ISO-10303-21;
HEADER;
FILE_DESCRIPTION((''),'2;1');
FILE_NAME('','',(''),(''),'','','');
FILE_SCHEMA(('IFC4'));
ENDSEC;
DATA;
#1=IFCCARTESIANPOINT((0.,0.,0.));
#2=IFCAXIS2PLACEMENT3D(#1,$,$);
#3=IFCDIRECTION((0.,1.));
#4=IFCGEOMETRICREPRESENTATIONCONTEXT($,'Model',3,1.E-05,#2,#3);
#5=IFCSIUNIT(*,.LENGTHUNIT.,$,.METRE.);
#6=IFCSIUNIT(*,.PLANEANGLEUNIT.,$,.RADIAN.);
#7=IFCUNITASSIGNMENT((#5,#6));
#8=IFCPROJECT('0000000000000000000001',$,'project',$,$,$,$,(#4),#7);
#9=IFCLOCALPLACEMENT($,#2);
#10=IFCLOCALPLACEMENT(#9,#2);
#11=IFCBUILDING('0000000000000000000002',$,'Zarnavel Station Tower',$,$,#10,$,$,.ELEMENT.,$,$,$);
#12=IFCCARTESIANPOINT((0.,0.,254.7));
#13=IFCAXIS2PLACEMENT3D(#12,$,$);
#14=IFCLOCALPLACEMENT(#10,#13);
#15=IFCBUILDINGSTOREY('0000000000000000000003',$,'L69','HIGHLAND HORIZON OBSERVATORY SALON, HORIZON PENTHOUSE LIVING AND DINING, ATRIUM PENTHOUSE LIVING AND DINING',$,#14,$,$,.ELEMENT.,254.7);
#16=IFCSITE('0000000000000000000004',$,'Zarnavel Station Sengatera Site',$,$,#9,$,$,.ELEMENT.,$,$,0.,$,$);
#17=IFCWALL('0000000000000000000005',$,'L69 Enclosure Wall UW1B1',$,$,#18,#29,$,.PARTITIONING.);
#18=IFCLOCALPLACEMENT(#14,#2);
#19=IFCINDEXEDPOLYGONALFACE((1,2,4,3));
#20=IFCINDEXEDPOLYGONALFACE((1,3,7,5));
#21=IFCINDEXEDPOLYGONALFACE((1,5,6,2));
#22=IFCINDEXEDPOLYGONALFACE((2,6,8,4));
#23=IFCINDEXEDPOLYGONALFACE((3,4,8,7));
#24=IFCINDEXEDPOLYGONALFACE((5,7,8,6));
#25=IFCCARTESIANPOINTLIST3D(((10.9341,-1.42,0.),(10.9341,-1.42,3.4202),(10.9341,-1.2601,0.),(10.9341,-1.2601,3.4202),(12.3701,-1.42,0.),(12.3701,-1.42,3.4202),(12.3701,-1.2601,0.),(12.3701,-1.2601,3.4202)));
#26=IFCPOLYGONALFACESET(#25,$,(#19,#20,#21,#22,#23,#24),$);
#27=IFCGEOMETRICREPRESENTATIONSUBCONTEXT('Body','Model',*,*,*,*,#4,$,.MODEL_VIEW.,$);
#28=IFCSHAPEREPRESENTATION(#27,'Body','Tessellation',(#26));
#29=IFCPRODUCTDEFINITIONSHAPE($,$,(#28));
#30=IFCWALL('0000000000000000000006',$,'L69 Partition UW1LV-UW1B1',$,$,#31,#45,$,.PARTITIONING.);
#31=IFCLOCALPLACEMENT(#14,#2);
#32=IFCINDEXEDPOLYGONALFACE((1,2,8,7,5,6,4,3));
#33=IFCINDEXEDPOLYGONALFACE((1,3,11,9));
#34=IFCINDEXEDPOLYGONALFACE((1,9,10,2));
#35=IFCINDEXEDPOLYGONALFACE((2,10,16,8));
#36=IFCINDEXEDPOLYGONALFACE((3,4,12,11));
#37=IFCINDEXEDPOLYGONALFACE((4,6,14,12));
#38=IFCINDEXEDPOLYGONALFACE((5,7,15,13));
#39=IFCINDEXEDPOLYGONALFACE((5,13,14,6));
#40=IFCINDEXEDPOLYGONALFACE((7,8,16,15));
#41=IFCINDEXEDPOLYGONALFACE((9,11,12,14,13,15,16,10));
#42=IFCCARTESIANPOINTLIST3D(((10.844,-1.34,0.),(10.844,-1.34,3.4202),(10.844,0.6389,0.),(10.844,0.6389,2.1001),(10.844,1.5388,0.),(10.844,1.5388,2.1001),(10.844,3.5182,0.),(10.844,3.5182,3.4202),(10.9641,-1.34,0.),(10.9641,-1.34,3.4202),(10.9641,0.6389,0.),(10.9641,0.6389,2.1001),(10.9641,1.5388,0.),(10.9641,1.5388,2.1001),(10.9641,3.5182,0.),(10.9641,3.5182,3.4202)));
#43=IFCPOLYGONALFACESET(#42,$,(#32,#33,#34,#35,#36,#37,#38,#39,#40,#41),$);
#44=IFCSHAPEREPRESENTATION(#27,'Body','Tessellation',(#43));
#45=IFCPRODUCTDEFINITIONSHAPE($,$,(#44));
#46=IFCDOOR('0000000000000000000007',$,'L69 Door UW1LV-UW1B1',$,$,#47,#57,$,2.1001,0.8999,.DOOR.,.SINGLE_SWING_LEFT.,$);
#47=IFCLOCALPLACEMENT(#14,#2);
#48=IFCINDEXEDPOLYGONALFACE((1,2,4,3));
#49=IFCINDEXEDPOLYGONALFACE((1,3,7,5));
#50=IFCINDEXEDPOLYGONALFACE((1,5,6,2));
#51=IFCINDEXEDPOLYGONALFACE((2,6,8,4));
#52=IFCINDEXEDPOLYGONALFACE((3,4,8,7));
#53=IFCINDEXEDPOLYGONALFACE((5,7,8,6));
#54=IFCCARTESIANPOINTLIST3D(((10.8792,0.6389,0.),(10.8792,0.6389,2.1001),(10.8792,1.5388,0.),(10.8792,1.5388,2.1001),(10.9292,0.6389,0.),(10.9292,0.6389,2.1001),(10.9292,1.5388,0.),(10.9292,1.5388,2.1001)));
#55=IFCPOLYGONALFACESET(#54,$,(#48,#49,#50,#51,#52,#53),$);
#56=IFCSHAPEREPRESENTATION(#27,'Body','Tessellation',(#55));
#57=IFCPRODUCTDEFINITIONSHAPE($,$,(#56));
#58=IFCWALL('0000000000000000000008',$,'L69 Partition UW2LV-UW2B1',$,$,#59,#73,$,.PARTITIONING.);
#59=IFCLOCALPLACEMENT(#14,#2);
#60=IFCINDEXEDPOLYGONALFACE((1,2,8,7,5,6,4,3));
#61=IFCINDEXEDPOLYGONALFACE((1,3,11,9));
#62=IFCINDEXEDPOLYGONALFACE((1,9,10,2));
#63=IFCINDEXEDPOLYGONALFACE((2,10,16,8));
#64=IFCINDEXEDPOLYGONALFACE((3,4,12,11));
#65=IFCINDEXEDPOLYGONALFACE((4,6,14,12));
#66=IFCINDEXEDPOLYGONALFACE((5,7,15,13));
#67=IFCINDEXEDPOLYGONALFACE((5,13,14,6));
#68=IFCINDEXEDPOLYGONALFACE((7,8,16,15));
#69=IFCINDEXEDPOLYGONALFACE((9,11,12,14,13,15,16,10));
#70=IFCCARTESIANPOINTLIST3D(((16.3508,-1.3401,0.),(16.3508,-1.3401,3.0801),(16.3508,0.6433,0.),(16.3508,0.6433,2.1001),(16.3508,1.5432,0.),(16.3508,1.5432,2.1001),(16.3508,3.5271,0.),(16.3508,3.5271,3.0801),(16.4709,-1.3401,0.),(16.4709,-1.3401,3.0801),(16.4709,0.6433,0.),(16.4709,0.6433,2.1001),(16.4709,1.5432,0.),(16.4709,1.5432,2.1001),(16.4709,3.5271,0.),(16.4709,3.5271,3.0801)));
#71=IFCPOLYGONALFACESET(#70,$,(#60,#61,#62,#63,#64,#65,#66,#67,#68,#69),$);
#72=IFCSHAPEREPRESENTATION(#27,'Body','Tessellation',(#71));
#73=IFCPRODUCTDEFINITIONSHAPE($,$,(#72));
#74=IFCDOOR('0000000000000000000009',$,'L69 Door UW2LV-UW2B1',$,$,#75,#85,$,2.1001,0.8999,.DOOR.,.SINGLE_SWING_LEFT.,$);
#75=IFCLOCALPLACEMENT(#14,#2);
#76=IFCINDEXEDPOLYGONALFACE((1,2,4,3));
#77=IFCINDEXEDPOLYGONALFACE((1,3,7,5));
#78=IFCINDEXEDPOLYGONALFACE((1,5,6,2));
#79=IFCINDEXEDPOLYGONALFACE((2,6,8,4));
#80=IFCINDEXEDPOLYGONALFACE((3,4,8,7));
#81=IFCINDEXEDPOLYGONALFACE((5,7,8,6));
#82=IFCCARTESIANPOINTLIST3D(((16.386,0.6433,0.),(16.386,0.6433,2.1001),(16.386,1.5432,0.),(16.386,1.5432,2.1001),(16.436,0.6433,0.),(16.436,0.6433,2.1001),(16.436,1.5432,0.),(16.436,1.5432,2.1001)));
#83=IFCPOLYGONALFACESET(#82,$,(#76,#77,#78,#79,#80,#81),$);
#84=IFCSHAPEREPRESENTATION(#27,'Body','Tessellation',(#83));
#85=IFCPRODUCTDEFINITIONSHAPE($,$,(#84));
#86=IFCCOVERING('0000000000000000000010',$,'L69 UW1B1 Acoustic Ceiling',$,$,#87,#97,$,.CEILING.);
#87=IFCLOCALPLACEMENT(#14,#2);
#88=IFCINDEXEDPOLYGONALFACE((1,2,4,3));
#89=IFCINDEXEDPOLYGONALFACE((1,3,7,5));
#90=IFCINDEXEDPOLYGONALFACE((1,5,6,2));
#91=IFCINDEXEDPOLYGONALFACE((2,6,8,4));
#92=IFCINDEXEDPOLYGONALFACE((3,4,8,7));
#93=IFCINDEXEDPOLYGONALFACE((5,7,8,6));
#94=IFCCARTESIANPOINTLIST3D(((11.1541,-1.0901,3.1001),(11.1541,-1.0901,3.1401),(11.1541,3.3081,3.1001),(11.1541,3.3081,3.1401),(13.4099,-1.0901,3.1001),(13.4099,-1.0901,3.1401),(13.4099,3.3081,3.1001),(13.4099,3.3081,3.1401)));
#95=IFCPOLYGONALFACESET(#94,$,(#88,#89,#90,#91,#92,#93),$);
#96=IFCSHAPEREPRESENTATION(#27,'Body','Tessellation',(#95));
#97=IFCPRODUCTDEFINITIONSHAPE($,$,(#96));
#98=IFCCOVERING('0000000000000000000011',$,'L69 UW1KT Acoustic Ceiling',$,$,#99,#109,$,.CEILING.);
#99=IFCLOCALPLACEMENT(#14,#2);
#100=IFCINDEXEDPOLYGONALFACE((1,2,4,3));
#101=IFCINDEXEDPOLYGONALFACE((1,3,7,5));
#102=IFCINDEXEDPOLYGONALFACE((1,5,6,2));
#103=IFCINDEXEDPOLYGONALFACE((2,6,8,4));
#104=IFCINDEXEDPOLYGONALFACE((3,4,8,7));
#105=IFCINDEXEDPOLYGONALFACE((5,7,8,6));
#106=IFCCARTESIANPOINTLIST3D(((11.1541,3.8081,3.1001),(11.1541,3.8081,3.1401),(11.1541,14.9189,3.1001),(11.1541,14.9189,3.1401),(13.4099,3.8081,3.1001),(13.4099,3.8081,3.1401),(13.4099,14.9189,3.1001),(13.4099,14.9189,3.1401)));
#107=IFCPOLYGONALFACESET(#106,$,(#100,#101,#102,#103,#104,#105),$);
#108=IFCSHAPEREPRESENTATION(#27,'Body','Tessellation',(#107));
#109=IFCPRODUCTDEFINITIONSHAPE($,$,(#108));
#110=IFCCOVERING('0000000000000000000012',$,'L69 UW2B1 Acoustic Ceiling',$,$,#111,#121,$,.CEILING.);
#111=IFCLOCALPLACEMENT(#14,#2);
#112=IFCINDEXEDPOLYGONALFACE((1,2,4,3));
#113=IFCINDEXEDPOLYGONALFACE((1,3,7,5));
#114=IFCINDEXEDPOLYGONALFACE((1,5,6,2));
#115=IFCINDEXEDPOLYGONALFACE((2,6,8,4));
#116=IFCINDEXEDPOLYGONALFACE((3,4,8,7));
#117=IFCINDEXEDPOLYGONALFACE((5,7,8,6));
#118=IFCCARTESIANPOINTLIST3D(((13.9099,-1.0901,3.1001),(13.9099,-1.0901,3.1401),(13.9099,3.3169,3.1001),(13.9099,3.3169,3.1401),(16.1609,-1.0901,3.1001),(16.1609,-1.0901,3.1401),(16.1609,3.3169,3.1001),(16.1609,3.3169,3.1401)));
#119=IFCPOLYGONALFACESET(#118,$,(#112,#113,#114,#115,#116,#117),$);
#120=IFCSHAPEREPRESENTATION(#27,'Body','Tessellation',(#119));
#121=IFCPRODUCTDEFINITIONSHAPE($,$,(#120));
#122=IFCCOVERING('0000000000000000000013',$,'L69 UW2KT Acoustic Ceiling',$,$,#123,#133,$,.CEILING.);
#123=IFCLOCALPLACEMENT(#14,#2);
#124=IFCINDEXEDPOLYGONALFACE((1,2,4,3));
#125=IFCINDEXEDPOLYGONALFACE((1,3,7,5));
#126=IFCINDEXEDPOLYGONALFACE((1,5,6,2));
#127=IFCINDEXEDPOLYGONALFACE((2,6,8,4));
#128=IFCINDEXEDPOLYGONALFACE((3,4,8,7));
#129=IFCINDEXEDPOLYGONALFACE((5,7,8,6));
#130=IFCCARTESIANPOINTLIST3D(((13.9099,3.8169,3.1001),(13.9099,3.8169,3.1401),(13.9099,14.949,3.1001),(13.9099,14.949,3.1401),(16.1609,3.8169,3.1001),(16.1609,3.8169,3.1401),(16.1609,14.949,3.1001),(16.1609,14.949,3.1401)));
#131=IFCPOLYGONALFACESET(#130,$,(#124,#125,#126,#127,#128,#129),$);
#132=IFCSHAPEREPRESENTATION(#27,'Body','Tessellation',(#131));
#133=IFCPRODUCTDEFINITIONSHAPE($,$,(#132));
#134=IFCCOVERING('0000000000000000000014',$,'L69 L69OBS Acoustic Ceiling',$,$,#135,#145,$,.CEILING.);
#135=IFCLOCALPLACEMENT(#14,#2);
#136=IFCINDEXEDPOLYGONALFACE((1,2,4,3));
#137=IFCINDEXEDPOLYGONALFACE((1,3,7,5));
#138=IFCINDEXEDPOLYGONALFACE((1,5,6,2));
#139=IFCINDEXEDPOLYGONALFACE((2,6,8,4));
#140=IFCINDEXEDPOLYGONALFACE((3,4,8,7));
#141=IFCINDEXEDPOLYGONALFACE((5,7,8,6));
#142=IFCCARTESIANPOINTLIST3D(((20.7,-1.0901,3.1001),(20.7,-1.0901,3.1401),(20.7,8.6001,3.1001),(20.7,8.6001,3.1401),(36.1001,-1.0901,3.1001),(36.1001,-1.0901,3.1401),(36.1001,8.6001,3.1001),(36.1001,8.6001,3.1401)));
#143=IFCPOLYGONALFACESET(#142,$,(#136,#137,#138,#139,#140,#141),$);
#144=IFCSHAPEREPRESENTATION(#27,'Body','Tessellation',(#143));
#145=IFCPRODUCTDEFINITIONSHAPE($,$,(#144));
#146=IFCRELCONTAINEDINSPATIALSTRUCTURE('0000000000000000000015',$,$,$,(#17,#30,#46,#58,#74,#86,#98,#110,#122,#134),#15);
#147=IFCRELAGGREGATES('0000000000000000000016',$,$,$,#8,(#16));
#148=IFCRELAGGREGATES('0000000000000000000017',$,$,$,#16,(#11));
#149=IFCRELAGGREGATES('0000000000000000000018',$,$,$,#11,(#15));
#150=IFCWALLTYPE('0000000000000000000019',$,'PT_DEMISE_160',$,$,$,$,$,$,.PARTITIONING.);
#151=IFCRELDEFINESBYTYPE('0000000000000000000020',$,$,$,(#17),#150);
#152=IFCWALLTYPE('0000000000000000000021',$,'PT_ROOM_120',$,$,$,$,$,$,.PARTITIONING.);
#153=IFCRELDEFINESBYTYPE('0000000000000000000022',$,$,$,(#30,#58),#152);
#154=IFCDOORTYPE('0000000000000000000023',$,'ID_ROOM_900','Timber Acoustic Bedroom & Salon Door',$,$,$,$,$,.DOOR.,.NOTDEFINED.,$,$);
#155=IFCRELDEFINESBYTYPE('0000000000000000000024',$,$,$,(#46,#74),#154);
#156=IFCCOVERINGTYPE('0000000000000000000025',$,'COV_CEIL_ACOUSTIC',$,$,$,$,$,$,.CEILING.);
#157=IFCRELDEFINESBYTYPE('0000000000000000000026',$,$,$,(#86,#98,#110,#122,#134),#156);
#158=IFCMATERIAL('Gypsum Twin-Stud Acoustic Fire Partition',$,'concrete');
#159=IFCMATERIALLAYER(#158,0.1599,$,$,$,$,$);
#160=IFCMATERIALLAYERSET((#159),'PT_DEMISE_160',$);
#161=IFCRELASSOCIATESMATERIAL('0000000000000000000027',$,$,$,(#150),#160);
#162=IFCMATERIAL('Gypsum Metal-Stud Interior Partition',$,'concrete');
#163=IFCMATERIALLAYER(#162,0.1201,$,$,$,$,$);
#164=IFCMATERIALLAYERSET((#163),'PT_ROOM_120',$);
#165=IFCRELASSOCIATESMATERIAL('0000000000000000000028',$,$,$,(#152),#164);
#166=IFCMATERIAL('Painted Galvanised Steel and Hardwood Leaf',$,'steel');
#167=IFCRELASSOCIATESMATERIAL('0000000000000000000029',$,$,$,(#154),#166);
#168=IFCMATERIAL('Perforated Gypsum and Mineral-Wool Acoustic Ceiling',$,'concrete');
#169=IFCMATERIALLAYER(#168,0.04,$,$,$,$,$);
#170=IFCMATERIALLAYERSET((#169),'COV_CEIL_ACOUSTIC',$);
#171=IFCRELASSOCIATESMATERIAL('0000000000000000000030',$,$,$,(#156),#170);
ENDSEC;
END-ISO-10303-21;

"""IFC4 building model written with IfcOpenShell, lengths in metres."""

from ifc_helpers import new_model, si_unit, direction, frame, frame_2d, origin, place, context, subcontext, project, spatial, polyline, rectangle, outline, extrude, material, layer, layer_set, type_object, element, fill, save


model = new_model("IFC4")

# Units and contexts
model_context = context("Model", 3, precision=1e-05, world=origin(), true_north=direction((0.0, 1.0)))
body_context = subcontext(model_context, "Body", "Model", "MODEL_VIEW")
ifc_project = project(units=[si_unit("LENGTHUNIT", "METRE"), si_unit("PLANEANGLEUNIT", "RADIAN")], contexts=[model_context])

# Site, building, storey
site_placement = place(None, origin())
site = spatial("IfcSite", under=ifc_project, at=site_placement, Name="Zarnavel Station Sengatera Site", CompositionType="ELEMENT", RefElevation=0.0)
building_placement = place(site_placement, origin())
building = spatial("IfcBuilding", under=site, at=building_placement, Name="Zarnavel Station Tower", CompositionType="ELEMENT")
storey_placement = place(building_placement, frame((0.0, 0.0, 254.7)))
storey = spatial("IfcBuildingStorey", under=building, at=storey_placement, Name="L69", Description="HIGHLAND HORIZON OBSERVATORY SALON, HORIZON PENTHOUSE LIVING AND DINING, ATRIUM PENTHOUSE LIVING AND DINING", CompositionType="ELEMENT", Elevation=254.7)

# Wall
ifc_material_1 = material(Name="Gypsum Twin-Stud Acoustic Fire Partition", Category="concrete")
ifc_layer_1 = layer(ifc_material_1, 0.1599)
ifc_layer_set_1 = layer_set([ifc_layer_1], Name="PT_DEMISE_160")
wall_type_1 = type_object("IfcWallType", Name="PT_DEMISE_160", PredefinedType="PARTITIONING", material=ifc_layer_set_1)
wall_1_placement = place(storey_placement, frame((10.9341, -1.3401, 0.0), z_axis=(0.0, 0.0, 1.0), x_axis=(1.0, 0.0, 0.0)))
element("IfcWall", 1, at=wall_1_placement, inside=storey, type_object=wall_type_1, Name="L69 Enclosure Wall UW1B1", PredefinedType="PARTITIONING", context=body_context, shape_type="SweptSolid", body=[
    extrude(rectangle(XDim=1.436, YDim=0.1599, at=frame_2d((0.718, 0.0))), origin(), (0.0, 0.0, 1.0), 3.4202),
])

# Walls, openings, doors
ifc_material_2 = material(Name="Gypsum Metal-Stud Interior Partition", Category="concrete")
ifc_layer_2 = layer(ifc_material_2, 0.1201)
ifc_layer_set_2 = layer_set([ifc_layer_2], Name="PT_ROOM_120")
wall_type_2 = type_object("IfcWallType", Name="PT_ROOM_120", PredefinedType="PARTITIONING", material=ifc_layer_set_2)
wall_2_placement = place(storey_placement, frame((10.9041, -1.3401, 0.0), z_axis=(0.0, 0.0, 1.0), x_axis=(0.0, 1.0, 0.0)))
wall_2 = element("IfcWall", 2, at=wall_2_placement, inside=storey, type_object=wall_type_2, Name="L69 Partition UW1LV-UW1B1", PredefinedType="PARTITIONING", context=body_context, shape_type="SweptSolid", body=[
    extrude(rectangle(XDim=4.8582, YDim=0.1201, at=frame_2d((2.4292, 0.0))), origin(), (0.0, 0.0, 1.0), 3.4202),
])
opening_1_placement = place(wall_2_placement, frame((1.979, 0.0, 0.0)))
opening_1 = element("IfcOpeningElement", 3, at=opening_1_placement, cuts=wall_2, PredefinedType="OPENING", context=body_context, shape_type="SweptSolid", body=[
    extrude(rectangle(XDim=0.8999, YDim=2.1001, at=frame_2d((0.45, 1.05))), frame((0.0, 0.0701, 0.0), z_axis=(0.0, -1.0, 0.0), x_axis=(1.0, 0.0, 0.0)), (0.0, 0.0, 1.0), 0.1401),
])
ifc_material_3 = material(Name="Painted Galvanised Steel and Hardwood Leaf", Category="steel")
door_type = type_object("IfcDoorType", Name="ID_ROOM_900", Description="Timber Acoustic Bedroom & Salon Door", OperationType="NOTDEFINED", PredefinedType="DOOR", material=ifc_material_3)
door_1_placement = place(opening_1_placement, origin())
door_1 = element("IfcDoor", 4, at=door_1_placement, inside=storey, type_object=door_type, Name="L69 Door UW1LV-UW1B1", OperationType="SINGLE_SWING_LEFT", OverallHeight=2.1001, OverallWidth=0.8999, PredefinedType="DOOR", context=body_context, shape_type="SweptSolid", body=[
    extrude(rectangle(XDim=0.8999, YDim=2.1001, at=frame_2d((0.45, 1.05))), frame((0.0, 0.0249, 0.0), z_axis=(0.0, -1.0, 0.0), x_axis=(1.0, 0.0, 0.0)), (0.0, 0.0, 1.0), 0.05),
])
fill(opening_1, door_1)
wall_3_placement = place(storey_placement, frame((16.4109, -1.3401, 0.0), z_axis=(0.0, 0.0, 1.0), x_axis=(0.0, 1.0, 0.0)))
wall_3 = element("IfcWall", 5, at=wall_3_placement, inside=storey, type_object=wall_type_2, Name="L69 Partition UW2LV-UW2B1", PredefinedType="PARTITIONING", context=body_context, shape_type="SweptSolid", body=[
    extrude(rectangle(XDim=4.8672, YDim=0.1201, at=frame_2d((2.4336, 0.0))), origin(), (0.0, 0.0, 1.0), 3.0801),
])
opening_2_placement = place(wall_3_placement, frame((1.9834, 0.0, 0.0)))
opening_2 = element("IfcOpeningElement", 6, at=opening_2_placement, cuts=wall_3, PredefinedType="OPENING", context=body_context, shape_type="SweptSolid", body=[
    extrude(rectangle(XDim=0.8999, YDim=2.1001, at=frame_2d((0.45, 1.05))), frame((0.0, 0.0701, 0.0), z_axis=(0.0, -1.0, 0.0), x_axis=(1.0, 0.0, 0.0)), (0.0, 0.0, 1.0), 0.1401),
])
door_2_placement = place(opening_2_placement, origin())
door_2 = element("IfcDoor", 7, at=door_2_placement, inside=storey, type_object=door_type, Name="L69 Door UW2LV-UW2B1", OperationType="SINGLE_SWING_LEFT", OverallHeight=2.1001, OverallWidth=0.8999, PredefinedType="DOOR", context=body_context, shape_type="SweptSolid", body=[
    extrude(rectangle(XDim=0.8999, YDim=2.1001, at=frame_2d((0.45, 1.05))), frame((0.0, 0.0249, 0.0), z_axis=(0.0, -1.0, 0.0), x_axis=(1.0, 0.0, 0.0)), (0.0, 0.0, 1.0), 0.05),
])
fill(opening_2, door_2)

# Coverings
ifc_material_4 = material(Name="Perforated Gypsum and Mineral-Wool Acoustic Ceiling", Category="concrete")
ifc_layer_3 = layer(ifc_material_4, 0.04)
ifc_layer_set_3 = layer_set([ifc_layer_3], Name="COV_CEIL_ACOUSTIC")
covering_type_1 = type_object("IfcCoveringType", Name="COV_CEIL_ACOUSTIC", PredefinedType="CEILING", material=ifc_layer_set_3)
covering_1_placement = place(storey_placement, frame((0.0, 0.0, 3.1001)))
element("IfcCovering", 8, at=covering_1_placement, inside=storey, type_object=covering_type_1, Name="L69 UW1B1 Acoustic Ceiling", PredefinedType="CEILING", context=body_context, shape_type="SweptSolid", body=[
    extrude(outline(polyline([(11.1541, -1.0901), (13.4099, -1.0901), (13.4099, 3.3081), (11.1541, 3.3081), (11.1541, -1.0901)])), origin(), (0.0, 0.0, 1.0), 0.04),
])
covering_2_placement = place(storey_placement, frame((0.0, 0.0, 3.1001)))
element("IfcCovering", 9, at=covering_2_placement, inside=storey, type_object=covering_type_1, Name="L69 UW1KT Acoustic Ceiling", PredefinedType="CEILING", context=body_context, shape_type="SweptSolid", body=[
    extrude(outline(polyline([(11.1541, 3.8081), (13.4099, 3.8081), (13.4099, 14.9189), (11.1541, 14.9189), (11.1541, 3.8081)])), origin(), (0.0, 0.0, 1.0), 0.04),
])
covering_3_placement = place(storey_placement, frame((0.0, 0.0, 3.1001)))
element("IfcCovering", 10, at=covering_3_placement, inside=storey, type_object=covering_type_1, Name="L69 UW2B1 Acoustic Ceiling", PredefinedType="CEILING", context=body_context, shape_type="SweptSolid", body=[
    extrude(outline(polyline([(13.9099, -1.0901), (16.1609, -1.0901), (16.1609, 3.3169), (13.9099, 3.3169), (13.9099, -1.0901)])), origin(), (0.0, 0.0, 1.0), 0.04),
])
covering_4_placement = place(storey_placement, frame((0.0, 0.0, 3.1001)))
element("IfcCovering", 11, at=covering_4_placement, inside=storey, type_object=covering_type_1, Name="L69 UW2KT Acoustic Ceiling", PredefinedType="CEILING", context=body_context, shape_type="SweptSolid", body=[
    extrude(outline(polyline([(13.9099, 3.8169), (16.1609, 3.8169), (16.1609, 14.949), (13.9099, 14.949), (13.9099, 3.8169)])), origin(), (0.0, 0.0, 1.0), 0.04),
])
covering_5_placement = place(storey_placement, frame((0.0, 0.0, 3.1001)))
element("IfcCovering", 12, at=covering_5_placement, inside=storey, type_object=covering_type_1, Name="L69 L69OBS Acoustic Ceiling", PredefinedType="CEILING", context=body_context, shape_type="SweptSolid", body=[
    extrude(outline(polyline([(20.7, -1.0901), (36.1001, -1.0901), (36.1001, 8.6001), (20.7, 8.6001), (20.7, -1.0901)])), origin(), (0.0, 0.0, 1.0), 0.04),
])

save(model, "model.ifc")
